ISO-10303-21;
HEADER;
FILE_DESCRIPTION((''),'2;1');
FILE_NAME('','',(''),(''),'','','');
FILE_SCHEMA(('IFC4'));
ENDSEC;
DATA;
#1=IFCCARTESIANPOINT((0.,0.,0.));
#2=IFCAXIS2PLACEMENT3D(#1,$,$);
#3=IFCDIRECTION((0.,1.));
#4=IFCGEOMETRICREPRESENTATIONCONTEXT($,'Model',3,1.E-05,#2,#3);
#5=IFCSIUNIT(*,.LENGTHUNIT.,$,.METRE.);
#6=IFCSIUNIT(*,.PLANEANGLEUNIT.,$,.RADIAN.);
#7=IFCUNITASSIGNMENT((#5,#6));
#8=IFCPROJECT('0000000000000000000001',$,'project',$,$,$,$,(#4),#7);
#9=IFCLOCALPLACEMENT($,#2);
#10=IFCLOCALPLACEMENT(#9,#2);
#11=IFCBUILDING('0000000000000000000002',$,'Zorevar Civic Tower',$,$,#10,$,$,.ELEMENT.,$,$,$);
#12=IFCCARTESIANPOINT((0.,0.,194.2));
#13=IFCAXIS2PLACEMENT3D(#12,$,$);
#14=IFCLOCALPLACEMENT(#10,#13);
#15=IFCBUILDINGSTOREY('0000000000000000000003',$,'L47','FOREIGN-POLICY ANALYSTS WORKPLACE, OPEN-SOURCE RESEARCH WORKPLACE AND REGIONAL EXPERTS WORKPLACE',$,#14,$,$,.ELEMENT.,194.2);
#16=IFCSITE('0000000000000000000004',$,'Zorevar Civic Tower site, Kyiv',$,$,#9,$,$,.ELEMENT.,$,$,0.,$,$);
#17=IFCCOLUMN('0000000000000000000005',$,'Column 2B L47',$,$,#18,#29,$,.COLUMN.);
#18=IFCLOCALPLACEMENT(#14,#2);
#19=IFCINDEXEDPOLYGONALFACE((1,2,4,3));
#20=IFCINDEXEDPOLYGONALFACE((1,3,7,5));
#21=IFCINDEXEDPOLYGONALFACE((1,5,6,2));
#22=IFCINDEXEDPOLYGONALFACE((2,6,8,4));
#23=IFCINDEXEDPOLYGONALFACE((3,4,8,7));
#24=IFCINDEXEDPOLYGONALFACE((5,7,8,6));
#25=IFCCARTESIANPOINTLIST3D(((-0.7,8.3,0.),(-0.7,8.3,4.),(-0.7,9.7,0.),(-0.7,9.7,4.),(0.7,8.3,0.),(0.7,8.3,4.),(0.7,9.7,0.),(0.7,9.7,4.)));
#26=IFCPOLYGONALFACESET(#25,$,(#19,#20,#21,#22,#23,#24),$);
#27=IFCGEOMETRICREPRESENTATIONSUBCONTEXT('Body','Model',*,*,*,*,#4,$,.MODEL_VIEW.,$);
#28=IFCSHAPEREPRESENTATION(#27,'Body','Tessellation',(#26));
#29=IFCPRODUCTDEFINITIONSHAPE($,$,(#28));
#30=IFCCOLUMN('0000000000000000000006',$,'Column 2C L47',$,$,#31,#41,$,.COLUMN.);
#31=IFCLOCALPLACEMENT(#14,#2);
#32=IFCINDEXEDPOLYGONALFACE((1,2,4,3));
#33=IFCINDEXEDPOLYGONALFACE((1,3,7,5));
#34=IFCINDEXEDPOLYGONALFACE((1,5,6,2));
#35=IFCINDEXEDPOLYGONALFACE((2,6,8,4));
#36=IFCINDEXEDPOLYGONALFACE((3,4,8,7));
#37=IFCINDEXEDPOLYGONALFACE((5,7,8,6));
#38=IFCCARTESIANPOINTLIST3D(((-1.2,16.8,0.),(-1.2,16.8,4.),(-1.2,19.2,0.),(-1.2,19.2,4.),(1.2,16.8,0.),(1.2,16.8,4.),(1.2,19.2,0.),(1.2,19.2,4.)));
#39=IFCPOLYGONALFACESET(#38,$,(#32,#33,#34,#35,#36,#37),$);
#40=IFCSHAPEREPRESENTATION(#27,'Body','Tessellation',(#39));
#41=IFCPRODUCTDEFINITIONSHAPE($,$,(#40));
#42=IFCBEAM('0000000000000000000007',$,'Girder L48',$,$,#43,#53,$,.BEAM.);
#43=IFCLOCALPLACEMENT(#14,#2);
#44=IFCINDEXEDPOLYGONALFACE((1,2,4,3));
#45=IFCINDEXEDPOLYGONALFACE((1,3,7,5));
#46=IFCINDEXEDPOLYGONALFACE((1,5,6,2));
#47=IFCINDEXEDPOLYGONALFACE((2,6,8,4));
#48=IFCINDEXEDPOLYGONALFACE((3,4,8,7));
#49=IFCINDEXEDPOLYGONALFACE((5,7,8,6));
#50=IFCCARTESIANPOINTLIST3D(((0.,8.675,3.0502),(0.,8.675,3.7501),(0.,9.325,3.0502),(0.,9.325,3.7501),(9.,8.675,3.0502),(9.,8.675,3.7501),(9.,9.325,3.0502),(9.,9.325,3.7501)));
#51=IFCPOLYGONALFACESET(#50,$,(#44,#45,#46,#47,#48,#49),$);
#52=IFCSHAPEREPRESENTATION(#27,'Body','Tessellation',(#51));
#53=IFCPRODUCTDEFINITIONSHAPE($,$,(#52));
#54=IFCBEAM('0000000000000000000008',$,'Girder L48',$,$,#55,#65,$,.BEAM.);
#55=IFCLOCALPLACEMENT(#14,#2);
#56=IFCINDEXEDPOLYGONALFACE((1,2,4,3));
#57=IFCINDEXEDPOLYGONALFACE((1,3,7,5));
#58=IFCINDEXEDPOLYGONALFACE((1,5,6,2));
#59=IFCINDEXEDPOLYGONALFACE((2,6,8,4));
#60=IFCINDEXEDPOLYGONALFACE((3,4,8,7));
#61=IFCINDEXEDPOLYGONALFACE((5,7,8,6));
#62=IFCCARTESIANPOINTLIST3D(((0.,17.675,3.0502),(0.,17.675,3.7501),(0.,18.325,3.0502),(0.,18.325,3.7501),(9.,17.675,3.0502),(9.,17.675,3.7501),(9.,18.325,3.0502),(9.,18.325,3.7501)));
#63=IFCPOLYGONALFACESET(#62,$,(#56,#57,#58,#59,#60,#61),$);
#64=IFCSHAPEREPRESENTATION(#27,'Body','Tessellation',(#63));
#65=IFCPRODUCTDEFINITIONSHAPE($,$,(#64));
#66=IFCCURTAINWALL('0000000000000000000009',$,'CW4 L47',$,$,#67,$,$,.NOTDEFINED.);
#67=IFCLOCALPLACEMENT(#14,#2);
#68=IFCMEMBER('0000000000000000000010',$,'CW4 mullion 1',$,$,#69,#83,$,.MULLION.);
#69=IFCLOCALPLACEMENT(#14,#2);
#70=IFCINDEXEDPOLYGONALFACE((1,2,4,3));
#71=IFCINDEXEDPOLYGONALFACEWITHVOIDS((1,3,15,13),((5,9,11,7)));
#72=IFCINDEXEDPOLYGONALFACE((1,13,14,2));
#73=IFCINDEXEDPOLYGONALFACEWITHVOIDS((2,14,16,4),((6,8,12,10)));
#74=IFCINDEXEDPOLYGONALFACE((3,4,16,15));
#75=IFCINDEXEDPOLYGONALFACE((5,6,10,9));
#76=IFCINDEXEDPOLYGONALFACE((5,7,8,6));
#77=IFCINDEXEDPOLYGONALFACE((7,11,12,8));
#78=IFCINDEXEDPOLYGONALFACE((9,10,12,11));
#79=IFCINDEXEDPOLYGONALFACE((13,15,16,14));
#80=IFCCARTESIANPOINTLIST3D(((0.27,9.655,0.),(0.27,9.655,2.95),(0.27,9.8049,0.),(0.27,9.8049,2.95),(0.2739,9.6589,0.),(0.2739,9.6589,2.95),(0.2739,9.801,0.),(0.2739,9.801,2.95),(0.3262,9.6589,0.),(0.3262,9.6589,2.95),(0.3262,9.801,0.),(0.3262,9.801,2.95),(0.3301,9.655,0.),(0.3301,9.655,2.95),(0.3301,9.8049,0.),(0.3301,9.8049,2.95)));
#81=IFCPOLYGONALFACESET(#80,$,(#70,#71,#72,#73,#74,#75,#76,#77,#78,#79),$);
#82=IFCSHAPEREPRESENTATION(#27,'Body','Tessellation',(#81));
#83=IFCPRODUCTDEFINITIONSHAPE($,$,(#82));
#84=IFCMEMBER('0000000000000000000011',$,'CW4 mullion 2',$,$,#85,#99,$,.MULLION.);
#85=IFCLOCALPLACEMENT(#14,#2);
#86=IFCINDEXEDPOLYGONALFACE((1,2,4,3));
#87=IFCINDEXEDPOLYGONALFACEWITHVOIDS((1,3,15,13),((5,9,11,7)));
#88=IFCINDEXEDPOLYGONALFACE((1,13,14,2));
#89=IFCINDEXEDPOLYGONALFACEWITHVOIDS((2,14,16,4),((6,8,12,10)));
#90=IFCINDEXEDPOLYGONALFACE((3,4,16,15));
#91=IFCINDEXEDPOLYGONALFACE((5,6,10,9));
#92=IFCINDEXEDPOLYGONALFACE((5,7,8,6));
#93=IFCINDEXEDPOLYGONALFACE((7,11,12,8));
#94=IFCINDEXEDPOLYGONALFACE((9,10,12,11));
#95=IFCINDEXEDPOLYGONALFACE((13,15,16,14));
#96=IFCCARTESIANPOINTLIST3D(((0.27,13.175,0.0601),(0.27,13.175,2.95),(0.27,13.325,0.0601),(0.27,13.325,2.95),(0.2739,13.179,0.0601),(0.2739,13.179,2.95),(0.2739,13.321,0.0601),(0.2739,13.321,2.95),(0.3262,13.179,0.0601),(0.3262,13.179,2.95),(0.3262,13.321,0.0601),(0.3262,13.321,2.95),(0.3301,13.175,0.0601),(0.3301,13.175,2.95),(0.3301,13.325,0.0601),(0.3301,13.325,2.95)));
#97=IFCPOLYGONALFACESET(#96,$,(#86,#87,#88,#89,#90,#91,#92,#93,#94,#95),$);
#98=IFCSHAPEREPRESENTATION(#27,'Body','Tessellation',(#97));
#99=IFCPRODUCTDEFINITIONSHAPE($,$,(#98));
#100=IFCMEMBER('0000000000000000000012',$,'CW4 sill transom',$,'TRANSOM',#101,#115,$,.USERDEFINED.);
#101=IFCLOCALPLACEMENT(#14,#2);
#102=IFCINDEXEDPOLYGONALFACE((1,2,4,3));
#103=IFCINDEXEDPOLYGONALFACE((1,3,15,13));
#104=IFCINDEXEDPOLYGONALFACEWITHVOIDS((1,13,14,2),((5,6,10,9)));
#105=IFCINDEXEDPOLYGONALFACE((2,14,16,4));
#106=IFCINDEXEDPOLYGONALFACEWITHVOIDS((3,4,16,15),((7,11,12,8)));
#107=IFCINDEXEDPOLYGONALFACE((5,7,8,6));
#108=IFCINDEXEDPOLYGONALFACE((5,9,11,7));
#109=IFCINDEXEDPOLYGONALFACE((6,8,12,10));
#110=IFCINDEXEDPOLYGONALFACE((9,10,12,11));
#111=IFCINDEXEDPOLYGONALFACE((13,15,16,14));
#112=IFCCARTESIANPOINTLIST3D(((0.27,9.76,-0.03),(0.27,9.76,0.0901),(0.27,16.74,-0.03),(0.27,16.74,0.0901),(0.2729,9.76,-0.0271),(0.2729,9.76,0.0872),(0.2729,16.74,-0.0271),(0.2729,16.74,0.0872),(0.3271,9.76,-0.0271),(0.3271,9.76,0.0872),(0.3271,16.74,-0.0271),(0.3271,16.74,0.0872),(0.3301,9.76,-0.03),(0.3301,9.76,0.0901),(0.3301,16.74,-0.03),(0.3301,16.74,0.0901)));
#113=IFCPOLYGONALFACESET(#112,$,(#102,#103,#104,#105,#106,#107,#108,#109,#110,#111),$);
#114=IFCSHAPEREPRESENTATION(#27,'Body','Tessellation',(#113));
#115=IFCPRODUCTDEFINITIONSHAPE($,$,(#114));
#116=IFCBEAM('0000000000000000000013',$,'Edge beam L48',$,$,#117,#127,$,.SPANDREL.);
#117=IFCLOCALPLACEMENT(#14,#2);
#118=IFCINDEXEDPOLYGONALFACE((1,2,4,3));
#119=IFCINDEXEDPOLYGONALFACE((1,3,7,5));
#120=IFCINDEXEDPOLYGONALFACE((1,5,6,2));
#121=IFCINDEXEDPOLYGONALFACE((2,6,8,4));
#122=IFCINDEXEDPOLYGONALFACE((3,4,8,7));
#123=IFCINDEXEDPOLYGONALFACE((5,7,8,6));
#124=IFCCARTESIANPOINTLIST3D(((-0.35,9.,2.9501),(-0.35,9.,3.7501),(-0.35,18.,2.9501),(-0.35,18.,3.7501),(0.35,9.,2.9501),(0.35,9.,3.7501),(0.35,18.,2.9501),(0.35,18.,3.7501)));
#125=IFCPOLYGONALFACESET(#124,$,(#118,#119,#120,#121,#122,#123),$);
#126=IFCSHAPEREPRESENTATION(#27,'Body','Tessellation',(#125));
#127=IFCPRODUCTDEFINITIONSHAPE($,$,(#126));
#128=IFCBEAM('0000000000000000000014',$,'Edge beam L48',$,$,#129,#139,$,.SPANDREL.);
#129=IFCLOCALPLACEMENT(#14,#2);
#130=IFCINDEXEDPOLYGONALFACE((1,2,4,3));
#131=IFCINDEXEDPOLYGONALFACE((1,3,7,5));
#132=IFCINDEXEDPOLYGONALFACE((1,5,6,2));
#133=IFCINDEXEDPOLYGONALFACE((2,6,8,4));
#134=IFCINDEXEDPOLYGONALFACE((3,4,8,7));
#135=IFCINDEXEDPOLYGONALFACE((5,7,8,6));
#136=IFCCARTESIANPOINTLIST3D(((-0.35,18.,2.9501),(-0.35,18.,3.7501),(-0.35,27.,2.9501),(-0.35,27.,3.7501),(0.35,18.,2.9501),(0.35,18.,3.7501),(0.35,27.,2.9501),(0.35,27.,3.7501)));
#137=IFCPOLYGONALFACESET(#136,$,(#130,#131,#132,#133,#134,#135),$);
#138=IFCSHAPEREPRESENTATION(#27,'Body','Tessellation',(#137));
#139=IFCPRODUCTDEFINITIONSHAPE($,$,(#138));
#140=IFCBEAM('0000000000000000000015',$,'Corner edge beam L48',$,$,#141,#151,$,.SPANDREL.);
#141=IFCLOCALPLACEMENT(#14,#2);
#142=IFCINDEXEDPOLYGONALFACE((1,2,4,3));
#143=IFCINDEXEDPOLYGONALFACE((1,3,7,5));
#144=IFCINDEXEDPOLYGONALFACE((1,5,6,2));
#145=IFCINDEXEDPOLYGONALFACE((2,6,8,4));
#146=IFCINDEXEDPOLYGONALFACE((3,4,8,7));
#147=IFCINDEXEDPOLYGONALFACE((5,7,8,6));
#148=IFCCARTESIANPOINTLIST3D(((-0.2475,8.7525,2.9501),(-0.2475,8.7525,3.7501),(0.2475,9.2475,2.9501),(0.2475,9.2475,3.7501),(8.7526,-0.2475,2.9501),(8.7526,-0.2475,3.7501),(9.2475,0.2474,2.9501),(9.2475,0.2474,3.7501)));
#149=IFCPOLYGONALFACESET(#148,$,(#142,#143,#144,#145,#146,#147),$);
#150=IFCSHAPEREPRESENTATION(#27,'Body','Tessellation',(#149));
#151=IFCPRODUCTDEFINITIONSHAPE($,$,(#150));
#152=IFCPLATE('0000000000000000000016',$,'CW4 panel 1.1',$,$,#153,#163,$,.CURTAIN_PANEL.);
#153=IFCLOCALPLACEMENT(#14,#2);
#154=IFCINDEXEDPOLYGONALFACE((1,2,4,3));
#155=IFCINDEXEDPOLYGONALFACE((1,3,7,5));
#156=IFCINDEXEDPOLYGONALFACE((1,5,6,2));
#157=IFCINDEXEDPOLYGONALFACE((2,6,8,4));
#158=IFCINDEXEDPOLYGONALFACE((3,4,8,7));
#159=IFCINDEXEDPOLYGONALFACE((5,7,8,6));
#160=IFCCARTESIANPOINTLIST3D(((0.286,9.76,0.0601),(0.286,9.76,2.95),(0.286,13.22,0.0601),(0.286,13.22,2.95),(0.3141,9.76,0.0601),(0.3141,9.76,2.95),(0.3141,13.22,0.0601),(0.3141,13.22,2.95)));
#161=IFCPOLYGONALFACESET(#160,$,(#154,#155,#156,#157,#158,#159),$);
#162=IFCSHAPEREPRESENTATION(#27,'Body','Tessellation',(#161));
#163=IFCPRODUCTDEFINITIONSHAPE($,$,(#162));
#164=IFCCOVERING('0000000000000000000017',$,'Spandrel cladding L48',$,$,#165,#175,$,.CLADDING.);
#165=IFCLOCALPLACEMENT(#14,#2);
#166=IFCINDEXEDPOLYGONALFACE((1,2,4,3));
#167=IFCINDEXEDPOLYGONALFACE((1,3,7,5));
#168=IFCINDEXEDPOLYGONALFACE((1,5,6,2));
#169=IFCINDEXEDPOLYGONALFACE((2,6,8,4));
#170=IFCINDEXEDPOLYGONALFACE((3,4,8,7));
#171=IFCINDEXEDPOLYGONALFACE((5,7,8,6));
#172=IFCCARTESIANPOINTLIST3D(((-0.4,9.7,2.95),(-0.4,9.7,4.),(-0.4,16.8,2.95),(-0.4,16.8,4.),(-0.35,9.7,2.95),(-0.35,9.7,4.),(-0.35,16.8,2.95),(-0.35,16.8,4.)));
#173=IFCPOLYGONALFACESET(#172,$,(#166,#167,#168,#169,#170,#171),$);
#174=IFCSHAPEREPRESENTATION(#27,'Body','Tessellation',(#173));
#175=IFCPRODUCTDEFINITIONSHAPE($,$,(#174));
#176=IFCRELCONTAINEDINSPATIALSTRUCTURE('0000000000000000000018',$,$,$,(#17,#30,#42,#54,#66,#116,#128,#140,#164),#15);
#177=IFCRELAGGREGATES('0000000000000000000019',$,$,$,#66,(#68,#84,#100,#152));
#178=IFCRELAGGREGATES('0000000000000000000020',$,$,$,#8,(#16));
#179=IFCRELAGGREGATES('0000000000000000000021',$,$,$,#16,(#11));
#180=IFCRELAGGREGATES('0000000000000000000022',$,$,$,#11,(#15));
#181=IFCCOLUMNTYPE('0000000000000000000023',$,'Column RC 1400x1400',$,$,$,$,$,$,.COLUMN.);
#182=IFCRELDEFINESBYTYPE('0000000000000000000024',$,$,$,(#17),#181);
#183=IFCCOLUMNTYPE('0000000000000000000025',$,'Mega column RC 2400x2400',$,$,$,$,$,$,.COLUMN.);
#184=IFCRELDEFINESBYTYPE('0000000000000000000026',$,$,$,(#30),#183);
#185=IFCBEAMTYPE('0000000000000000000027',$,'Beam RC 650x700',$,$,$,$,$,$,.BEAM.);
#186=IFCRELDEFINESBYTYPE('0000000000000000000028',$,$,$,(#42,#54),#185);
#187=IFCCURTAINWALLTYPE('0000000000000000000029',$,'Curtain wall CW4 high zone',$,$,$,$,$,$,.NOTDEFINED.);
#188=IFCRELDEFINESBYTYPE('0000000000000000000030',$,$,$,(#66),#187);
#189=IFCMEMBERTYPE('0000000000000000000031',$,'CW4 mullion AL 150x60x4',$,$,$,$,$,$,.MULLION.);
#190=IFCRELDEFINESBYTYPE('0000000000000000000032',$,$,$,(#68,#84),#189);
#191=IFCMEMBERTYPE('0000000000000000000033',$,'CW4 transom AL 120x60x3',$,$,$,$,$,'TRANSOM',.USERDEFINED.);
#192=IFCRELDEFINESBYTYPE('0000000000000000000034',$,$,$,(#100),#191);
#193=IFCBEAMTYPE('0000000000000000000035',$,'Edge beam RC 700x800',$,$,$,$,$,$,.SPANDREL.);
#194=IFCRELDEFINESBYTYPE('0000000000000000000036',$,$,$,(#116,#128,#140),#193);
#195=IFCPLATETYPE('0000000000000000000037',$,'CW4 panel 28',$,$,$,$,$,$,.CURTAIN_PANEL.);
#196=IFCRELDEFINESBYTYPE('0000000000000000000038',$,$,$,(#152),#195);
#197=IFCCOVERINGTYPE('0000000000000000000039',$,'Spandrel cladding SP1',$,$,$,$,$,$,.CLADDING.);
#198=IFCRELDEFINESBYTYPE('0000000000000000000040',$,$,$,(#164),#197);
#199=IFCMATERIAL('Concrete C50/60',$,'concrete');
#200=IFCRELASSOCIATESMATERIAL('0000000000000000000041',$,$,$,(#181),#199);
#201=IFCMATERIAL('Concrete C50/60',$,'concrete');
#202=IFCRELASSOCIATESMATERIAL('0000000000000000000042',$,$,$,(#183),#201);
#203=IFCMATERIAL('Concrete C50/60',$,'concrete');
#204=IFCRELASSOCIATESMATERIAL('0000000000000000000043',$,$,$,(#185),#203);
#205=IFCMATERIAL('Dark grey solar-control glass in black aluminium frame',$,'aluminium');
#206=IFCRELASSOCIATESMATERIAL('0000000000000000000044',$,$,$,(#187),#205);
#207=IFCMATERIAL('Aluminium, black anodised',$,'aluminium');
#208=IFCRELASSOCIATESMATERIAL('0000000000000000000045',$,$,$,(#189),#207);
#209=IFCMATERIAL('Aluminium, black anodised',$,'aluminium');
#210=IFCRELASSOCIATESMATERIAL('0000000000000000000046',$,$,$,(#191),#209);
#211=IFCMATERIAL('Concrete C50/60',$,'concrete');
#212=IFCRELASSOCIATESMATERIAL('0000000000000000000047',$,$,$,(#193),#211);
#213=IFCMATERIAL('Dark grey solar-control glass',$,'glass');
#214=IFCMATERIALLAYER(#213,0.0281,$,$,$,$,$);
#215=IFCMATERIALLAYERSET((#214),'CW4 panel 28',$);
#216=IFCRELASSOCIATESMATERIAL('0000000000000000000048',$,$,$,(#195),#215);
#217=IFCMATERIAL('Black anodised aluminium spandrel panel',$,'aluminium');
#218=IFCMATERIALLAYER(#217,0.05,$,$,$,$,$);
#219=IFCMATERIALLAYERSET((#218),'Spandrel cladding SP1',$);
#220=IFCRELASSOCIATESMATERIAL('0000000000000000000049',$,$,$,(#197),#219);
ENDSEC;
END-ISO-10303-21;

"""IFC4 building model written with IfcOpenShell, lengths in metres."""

from ifc_helpers import new_model, si_unit, direction, frame, frame_2d, origin, origin_2d, place, context, subcontext, project, spatial, rectangle, hollow_rectangle, extrude, material, layer, layer_set, material_profile, profile_set, type_object, element, aggregate, save


model = new_model("IFC4")

# Units and contexts
model_context = context("Model", 3, precision=1e-05, world=origin(), true_north=direction((0.0, 1.0)))
body_context = subcontext(model_context, "Body", "Model", "MODEL_VIEW")
ifc_project = project(units=[si_unit("LENGTHUNIT", "METRE"), si_unit("PLANEANGLEUNIT", "RADIAN")], contexts=[model_context])

# Site, building, storey
site_placement = place(None, origin())
site = spatial("IfcSite", under=ifc_project, at=site_placement, Name="Zorevar Civic Tower site, Kyiv", CompositionType="ELEMENT", RefElevation=0.0)
building_placement = place(site_placement, origin())
building = spatial("IfcBuilding", under=site, at=building_placement, Name="Zorevar Civic Tower", CompositionType="ELEMENT")
storey_placement = place(building_placement, frame((0.0, 0.0, 194.2)))
storey = spatial("IfcBuildingStorey", under=building, at=storey_placement, Name="L47", Description="FOREIGN-POLICY ANALYSTS WORKPLACE, OPEN-SOURCE RESEARCH WORKPLACE AND REGIONAL EXPERTS WORKPLACE", CompositionType="ELEMENT", Elevation=194.2)

# Columns
ifc_material_1 = material(Name="Concrete C50/60", Category="concrete")
ifc_material_profile_1 = material_profile(ifc_material_1, rectangle(XDim=1.3999, YDim=1.3999, at=origin_2d()), Name="RC 1400x1400")
ifc_profile_set_1 = profile_set([ifc_material_profile_1], Name="Concrete C50/60")
column_type_1 = type_object("IfcColumnType", Name="Column RC 1400x1400", PredefinedType="COLUMN", material=ifc_profile_set_1)
column_1_placement = place(storey_placement, frame((0.0, 9.0, 0.0), z_axis=(0.0, 0.0, 1.0), x_axis=(1.0, 0.0, 0.0)))
element("IfcColumn", 1, at=column_1_placement, inside=storey, type_object=column_type_1, Name="Column 2B L47", PredefinedType="COLUMN", context=body_context, shape_type="SweptSolid", body=[
    extrude(rectangle(XDim=1.3999, YDim=1.3999, at=origin_2d()), origin(), (0.0, 0.0, 1.0), 4.0),
])
ifc_material_2 = material(Name="Concrete C50/60", Category="concrete")
ifc_material_profile_2 = material_profile(ifc_material_2, rectangle(XDim=2.3999, YDim=2.3999, at=origin_2d()), Name="RC 2400x2400")
ifc_profile_set_2 = profile_set([ifc_material_profile_2], Name="Concrete C50/60")
column_type_2 = type_object("IfcColumnType", Name="Mega column RC 2400x2400", PredefinedType="COLUMN", material=ifc_profile_set_2)
column_2_placement = place(storey_placement, frame((0.0, 18.0, 0.0), z_axis=(0.0, 0.0, 1.0), x_axis=(1.0, 0.0, 0.0)))
element("IfcColumn", 2, at=column_2_placement, inside=storey, type_object=column_type_2, Name="Column 2C L47", PredefinedType="COLUMN", context=body_context, shape_type="SweptSolid", body=[
    extrude(rectangle(XDim=2.3999, YDim=2.3999, at=origin_2d()), origin(), (0.0, 0.0, 1.0), 4.0),
])

# Beams
ifc_material_3 = material(Name="Concrete C50/60", Category="concrete")
ifc_material_profile_3 = material_profile(ifc_material_3, rectangle(XDim=0.6499, YDim=0.7, at=origin_2d()), Name="RC 650x700")
ifc_profile_set_3 = profile_set([ifc_material_profile_3], Name="Concrete C50/60")
beam_type_1 = type_object("IfcBeamType", Name="Beam RC 650x700", PredefinedType="BEAM", material=ifc_profile_set_3)
for number, where, z_axis, x_axis, name in (
    (3, (0.0, 9.0, 3.4001), (1.0, 0.0, 0.0), (0.0, 1.0, 0.0), "Girder L48"),
    (4, (0.0, 18.0, 3.4001), (1.0, 0.0, 0.0), (0.0, 1.0, 0.0), "Girder L48"),
):
    element("IfcBeam", number, at=place(storey_placement, frame(where, z_axis=z_axis, x_axis=x_axis)), inside=storey, type_object=beam_type_1, Name=name, PredefinedType="BEAM", context=body_context, shape_type="SweptSolid", body=[
        extrude(rectangle(XDim=0.6499, YDim=0.7, at=origin_2d()), origin(), (0.0, 0.0, 1.0), 9.0),
    ])

# Curtain wall, members
ifc_material_4 = material(Name="Dark grey solar-control glass in black aluminium frame", Category="aluminium")
curtain_wall_type = type_object("IfcCurtainWallType", Name="Curtain wall CW4 high zone", PredefinedType="NOTDEFINED", material=ifc_material_4)
curtain_wall_placement = place(storey_placement, origin())
curtain_wall = element("IfcCurtainWall", 5, at=curtain_wall_placement, inside=storey, type_object=curtain_wall_type, Name="CW4 L47", PredefinedType="NOTDEFINED")
ifc_material_5 = material(Name="Aluminium, black anodised", Category="aluminium")
ifc_material_profile_4 = material_profile(ifc_material_5, hollow_rectangle(XDim=0.0601, YDim=0.1499, WallThickness=0.0039, at=origin_2d()), Name="AL 150x60x4")
ifc_profile_set_4 = profile_set([ifc_material_profile_4], Name="Aluminium, black anodised")
member_type_1 = type_object("IfcMemberType", Name="CW4 mullion AL 150x60x4", PredefinedType="MULLION", material=ifc_profile_set_4)
member_1_placement = place(storey_placement, frame((0.3, 9.73, 0.0), z_axis=(0.0, 0.0, 1.0), x_axis=(-1.0, 0.0, 0.0)))
member_1 = element("IfcMember", 6, at=member_1_placement, type_object=member_type_1, Name="CW4 mullion 1", PredefinedType="MULLION", context=body_context, shape_type="SweptSolid", body=[
    extrude(hollow_rectangle(XDim=0.0601, YDim=0.1499, WallThickness=0.0039, at=origin_2d()), origin(), (0.0, 0.0, 1.0), 2.95),
])
member_2_placement = place(storey_placement, frame((0.3, 13.25, 0.0601), z_axis=(0.0, 0.0, 1.0), x_axis=(-1.0, 0.0, 0.0)))
member_2 = element("IfcMember", 7, at=member_2_placement, type_object=member_type_1, Name="CW4 mullion 2", PredefinedType="MULLION", context=body_context, shape_type="SweptSolid", body=[
    extrude(hollow_rectangle(XDim=0.0601, YDim=0.1499, WallThickness=0.0039, at=origin_2d()), origin(), (0.0, 0.0, 1.0), 2.8899),
])
ifc_material_6 = material(Name="Aluminium, black anodised", Category="aluminium")
ifc_material_profile_5 = material_profile(ifc_material_6, hollow_rectangle(XDim=0.0601, YDim=0.1201, WallThickness=0.0029, at=origin_2d()), Name="AL 120x60x3")
ifc_profile_set_5 = profile_set([ifc_material_profile_5], Name="Aluminium, black anodised")
member_type_2 = type_object("IfcMemberType", Name="CW4 transom AL 120x60x3", ElementType="TRANSOM", PredefinedType="USERDEFINED", material=ifc_profile_set_5)
member_3_placement = place(storey_placement, frame((0.3, 9.76, 0.03), z_axis=(0.0, 1.0, 0.0), x_axis=(-1.0, 0.0, 0.0)))
member_3 = element("IfcMember", 8, at=member_3_placement, type_object=member_type_2, Name="CW4 sill transom", ObjectType="TRANSOM", PredefinedType="USERDEFINED", context=body_context, shape_type="SweptSolid", body=[
    extrude(hollow_rectangle(XDim=0.0601, YDim=0.1201, WallThickness=0.0029, at=origin_2d()), origin(), (0.0, 0.0, 1.0), 6.98),
])

# Beams
ifc_material_7 = material(Name="Concrete C50/60", Category="concrete")
ifc_material_profile_6 = material_profile(ifc_material_7, rectangle(XDim=0.7, YDim=0.8, at=origin_2d()), Name="RC 700x800")
ifc_profile_set_6 = profile_set([ifc_material_profile_6], Name="Concrete C50/60")
beam_type_2 = type_object("IfcBeamType", Name="Edge beam RC 700x800", PredefinedType="SPANDREL", material=ifc_profile_set_6)
for number, where, z_axis, x_axis, name in (
    (9, (0.0, 9.0, 3.3501), (0.0, 1.0, 0.0), (-1.0, 0.0, 0.0), "Edge beam L48"),
    (10, (0.0, 18.0, 3.3501), (0.0, 1.0, 0.0), (-1.0, 0.0, 0.0), "Edge beam L48"),
):
    element("IfcBeam", number, at=place(storey_placement, frame(where, z_axis=z_axis, x_axis=x_axis)), inside=storey, type_object=beam_type_2, Name=name, PredefinedType="SPANDREL", context=body_context, shape_type="SweptSolid", body=[
        extrude(rectangle(XDim=0.7, YDim=0.8, at=origin_2d()), origin(), (0.0, 0.0, 1.0), 9.0),
    ])
beam_placement = place(storey_placement, frame((0.0, 9.0, 3.3501), z_axis=(0.707107, -0.707107, 0.0), x_axis=(0.707107, 0.707107, 0.0)))
element("IfcBeam", 11, at=beam_placement, inside=storey, type_object=beam_type_2, Name="Corner edge beam L48", PredefinedType="SPANDREL", context=body_context, shape_type="SweptSolid", body=[
    extrude(rectangle(XDim=0.7, YDim=0.8, at=origin_2d()), origin(), (0.0, 0.0, 1.0), 12.728),
])

# Plate
ifc_material_8 = material(Name="Dark grey solar-control glass", Category="glass")
ifc_layer_1 = layer(ifc_material_8, 0.0281)
ifc_layer_set_1 = layer_set([ifc_layer_1], Name="CW4 panel 28")
plate_type = type_object("IfcPlateType", Name="CW4 panel 28", PredefinedType="CURTAIN_PANEL", material=ifc_layer_set_1)
plate_placement = place(storey_placement, frame((0.3, 11.49, 0.0601), z_axis=(0.0, 0.0, 1.0), x_axis=(0.0, 1.0, 0.0)))
plate = element("IfcPlate", 12, at=plate_placement, type_object=plate_type, Name="CW4 panel 1.1", PredefinedType="CURTAIN_PANEL", context=body_context, shape_type="SweptSolid", body=[
    extrude(rectangle(XDim=3.46, YDim=0.0281, at=origin_2d()), origin(), (0.0, 0.0, 1.0), 2.8899),
])
aggregate(curtain_wall, [member_1, member_2, member_3, plate])

# Covering
ifc_material_9 = material(Name="Black anodised aluminium spandrel panel", Category="aluminium")
ifc_layer_2 = layer(ifc_material_9, 0.05)
ifc_layer_set_2 = layer_set([ifc_layer_2], Name="Spandrel cladding SP1")
covering_type_1 = type_object("IfcCoveringType", Name="Spandrel cladding SP1", PredefinedType="CLADDING", material=ifc_layer_set_2)
covering_1_placement = place(storey_placement, frame((-0.375, 9.7, 2.95), z_axis=(0.0, 0.0, 1.0), x_axis=(0.0, 1.0, 0.0)))
element("IfcCovering", 13, at=covering_1_placement, inside=storey, type_object=covering_type_1, Name="Spandrel cladding L48", PredefinedType="CLADDING", context=body_context, shape_type="SweptSolid", body=[
    extrude(rectangle(XDim=7.1001, YDim=0.05, at=frame_2d((3.55, 0.0))), origin(), (0.0, 0.0, 1.0), 1.05),
])

save(model, "model.ifc")
